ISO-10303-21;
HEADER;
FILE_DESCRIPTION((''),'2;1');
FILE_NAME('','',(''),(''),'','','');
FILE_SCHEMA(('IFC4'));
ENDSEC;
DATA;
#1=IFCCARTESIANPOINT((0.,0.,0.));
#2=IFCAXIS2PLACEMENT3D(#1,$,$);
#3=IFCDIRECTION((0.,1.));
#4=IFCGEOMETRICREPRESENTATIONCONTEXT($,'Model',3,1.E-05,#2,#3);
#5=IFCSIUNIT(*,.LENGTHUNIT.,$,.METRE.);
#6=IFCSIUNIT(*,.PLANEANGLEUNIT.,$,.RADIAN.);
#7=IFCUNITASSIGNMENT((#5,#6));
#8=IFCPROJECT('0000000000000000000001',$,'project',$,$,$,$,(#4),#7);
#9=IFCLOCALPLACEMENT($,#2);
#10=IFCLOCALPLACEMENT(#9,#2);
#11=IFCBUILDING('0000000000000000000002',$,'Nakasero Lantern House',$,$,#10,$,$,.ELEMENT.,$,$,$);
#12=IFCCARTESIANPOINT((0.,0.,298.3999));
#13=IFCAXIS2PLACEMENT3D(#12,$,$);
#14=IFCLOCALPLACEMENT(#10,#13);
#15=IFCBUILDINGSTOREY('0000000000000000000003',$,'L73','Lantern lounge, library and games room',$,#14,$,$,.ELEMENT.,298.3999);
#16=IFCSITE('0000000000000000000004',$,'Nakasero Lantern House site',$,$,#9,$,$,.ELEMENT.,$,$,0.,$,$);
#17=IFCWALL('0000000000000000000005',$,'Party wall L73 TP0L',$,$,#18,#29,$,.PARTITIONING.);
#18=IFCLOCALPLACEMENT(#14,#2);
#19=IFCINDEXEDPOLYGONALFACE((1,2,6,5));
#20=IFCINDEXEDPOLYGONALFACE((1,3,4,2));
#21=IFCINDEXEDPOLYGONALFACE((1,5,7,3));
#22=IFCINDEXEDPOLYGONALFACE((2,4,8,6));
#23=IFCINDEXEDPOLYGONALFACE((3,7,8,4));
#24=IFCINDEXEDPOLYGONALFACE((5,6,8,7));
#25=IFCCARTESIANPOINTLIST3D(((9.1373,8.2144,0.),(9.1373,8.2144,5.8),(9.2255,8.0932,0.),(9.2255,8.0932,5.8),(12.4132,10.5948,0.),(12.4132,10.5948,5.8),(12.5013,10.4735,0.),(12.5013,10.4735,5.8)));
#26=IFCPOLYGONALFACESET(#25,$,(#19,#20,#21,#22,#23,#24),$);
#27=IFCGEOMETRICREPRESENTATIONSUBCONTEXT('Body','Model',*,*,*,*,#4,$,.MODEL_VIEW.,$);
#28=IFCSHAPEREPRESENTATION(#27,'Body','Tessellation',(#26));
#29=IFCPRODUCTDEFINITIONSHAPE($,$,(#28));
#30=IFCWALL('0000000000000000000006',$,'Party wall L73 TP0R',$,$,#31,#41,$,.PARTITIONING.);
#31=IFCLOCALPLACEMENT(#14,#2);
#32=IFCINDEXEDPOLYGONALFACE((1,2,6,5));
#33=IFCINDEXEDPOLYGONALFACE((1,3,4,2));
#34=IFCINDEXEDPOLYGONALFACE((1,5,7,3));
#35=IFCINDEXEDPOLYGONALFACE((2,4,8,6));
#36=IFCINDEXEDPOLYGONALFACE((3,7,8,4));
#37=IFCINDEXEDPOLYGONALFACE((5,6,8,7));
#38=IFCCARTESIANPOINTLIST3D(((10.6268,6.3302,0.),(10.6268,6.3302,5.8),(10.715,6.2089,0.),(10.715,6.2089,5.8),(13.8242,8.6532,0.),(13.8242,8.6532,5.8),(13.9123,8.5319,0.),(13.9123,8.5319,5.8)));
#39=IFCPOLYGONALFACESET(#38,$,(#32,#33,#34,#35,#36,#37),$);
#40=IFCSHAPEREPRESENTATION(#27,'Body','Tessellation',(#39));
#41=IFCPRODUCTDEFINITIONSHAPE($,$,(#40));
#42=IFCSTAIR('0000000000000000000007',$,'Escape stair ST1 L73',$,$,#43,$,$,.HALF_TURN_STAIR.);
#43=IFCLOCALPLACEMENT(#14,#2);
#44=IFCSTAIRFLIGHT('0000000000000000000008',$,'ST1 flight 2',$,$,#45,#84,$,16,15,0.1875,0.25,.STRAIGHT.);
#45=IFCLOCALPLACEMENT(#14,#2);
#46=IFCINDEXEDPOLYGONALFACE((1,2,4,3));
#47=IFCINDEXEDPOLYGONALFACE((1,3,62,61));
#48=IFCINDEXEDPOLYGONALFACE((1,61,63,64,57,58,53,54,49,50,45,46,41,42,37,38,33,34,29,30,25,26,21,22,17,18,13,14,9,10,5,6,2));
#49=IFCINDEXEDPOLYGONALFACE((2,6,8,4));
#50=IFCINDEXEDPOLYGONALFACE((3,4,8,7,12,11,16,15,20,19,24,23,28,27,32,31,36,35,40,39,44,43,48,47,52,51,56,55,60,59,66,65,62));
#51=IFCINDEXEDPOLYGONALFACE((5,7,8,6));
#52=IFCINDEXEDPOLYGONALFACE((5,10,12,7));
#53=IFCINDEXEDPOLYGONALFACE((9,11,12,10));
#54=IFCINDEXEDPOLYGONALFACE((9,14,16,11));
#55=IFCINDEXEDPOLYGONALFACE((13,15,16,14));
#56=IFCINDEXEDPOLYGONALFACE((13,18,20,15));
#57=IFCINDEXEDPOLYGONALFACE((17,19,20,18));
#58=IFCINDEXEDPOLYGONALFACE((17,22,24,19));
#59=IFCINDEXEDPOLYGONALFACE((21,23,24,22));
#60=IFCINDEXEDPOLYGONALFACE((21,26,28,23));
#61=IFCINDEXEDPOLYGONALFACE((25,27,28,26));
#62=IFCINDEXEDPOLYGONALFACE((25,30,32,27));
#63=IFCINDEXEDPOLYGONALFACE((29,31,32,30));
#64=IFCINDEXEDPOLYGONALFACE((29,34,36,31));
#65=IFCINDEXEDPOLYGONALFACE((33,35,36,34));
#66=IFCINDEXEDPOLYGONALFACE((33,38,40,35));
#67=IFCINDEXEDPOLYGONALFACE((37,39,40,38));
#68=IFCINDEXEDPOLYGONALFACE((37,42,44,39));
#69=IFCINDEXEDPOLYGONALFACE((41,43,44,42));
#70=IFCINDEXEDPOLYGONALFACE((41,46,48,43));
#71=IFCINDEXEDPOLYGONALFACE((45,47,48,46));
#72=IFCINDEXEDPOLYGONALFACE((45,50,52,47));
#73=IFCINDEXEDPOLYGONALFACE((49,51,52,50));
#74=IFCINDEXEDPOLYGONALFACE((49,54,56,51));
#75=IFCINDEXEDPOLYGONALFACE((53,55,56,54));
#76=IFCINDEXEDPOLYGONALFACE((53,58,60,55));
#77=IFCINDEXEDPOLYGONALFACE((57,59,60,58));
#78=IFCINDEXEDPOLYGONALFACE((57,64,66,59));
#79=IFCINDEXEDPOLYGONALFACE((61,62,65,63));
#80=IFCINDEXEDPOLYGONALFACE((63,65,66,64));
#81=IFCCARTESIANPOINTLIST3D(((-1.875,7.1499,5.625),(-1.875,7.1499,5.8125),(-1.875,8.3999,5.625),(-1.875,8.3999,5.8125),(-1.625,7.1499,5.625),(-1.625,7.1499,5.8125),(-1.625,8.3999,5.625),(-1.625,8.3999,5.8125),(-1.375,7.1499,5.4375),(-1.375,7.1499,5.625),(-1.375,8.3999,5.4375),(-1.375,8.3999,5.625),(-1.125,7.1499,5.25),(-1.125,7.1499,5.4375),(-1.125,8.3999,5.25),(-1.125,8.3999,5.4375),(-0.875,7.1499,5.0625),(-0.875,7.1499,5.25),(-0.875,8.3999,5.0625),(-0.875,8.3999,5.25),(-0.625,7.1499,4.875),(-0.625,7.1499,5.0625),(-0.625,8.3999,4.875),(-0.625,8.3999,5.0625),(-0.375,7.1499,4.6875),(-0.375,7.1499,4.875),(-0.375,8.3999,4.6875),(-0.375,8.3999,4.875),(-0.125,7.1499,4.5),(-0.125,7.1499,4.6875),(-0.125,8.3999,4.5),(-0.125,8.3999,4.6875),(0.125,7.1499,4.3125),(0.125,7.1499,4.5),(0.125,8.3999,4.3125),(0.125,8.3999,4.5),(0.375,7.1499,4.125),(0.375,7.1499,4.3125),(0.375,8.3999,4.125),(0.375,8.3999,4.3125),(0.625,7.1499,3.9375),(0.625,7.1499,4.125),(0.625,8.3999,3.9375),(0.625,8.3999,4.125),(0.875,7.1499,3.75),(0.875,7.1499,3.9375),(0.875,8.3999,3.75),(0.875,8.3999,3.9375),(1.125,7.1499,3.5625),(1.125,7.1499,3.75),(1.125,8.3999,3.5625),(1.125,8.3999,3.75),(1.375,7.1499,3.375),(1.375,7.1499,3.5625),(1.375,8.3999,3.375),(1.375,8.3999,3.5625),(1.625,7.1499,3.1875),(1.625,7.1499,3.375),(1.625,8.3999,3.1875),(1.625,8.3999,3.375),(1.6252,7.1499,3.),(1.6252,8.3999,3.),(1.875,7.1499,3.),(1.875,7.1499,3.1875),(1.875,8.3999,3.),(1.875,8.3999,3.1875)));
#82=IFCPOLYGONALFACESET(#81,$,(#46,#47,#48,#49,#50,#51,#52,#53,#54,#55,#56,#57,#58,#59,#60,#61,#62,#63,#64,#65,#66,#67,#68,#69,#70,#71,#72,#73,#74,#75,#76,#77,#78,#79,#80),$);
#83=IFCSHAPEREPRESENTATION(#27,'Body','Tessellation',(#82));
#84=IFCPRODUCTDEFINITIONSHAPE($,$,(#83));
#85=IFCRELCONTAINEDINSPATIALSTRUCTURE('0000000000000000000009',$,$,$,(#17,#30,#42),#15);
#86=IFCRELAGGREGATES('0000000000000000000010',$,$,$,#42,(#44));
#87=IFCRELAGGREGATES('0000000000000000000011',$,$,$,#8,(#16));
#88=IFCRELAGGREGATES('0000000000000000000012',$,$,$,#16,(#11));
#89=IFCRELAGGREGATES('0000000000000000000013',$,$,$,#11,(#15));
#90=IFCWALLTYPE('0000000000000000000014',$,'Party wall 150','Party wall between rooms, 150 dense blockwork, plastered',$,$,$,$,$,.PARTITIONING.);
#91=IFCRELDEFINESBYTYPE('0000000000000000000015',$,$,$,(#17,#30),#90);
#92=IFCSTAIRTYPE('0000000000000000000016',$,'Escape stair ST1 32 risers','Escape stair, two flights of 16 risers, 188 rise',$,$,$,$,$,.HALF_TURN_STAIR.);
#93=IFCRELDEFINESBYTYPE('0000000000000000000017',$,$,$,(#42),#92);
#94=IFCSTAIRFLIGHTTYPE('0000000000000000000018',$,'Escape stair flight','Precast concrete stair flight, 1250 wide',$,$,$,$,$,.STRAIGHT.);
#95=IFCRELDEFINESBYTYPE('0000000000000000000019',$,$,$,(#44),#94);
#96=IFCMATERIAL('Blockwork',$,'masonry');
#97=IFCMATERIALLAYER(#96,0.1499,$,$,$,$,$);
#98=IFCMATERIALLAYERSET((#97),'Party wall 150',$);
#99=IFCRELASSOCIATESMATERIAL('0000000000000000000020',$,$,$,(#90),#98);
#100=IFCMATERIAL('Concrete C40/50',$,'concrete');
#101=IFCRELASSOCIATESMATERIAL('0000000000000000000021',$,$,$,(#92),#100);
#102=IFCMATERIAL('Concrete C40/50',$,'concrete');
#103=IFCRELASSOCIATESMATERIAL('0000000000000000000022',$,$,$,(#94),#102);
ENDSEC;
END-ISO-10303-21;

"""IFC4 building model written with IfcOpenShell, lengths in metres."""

from ifc_helpers import new_model, si_unit, direction, frame, frame_2d, origin, place, context, subcontext, project, spatial, polyline, rectangle, outline, extrude, material, layer, layer_set, type_object, element, aggregate, save


model = new_model("IFC4")

# Units and contexts
model_context = context("Model", 3, precision=1e-05, world=origin(), true_north=direction((0.0, 1.0)))
body_context = subcontext(model_context, "Body", "Model", "MODEL_VIEW")
ifc_project = project(units=[si_unit("LENGTHUNIT", "METRE"), si_unit("PLANEANGLEUNIT", "RADIAN")], contexts=[model_context])

# Site, building, storey
site_placement = place(None, origin())
site = spatial("IfcSite", under=ifc_project, at=site_placement, Name="Nakasero Lantern House site", CompositionType="ELEMENT", RefElevation=0.0)
building_placement = place(site_placement, origin())
building = spatial("IfcBuilding", under=site, at=building_placement, Name="Nakasero Lantern House", CompositionType="ELEMENT")
storey_placement = place(building_placement, frame((0.0, 0.0, 298.3999)))
storey = spatial("IfcBuildingStorey", under=building, at=storey_placement, Name="L73", Description="Lantern lounge, library and games room", CompositionType="ELEMENT", Elevation=298.3999)

# Walls
ifc_material_1 = material(Name="Blockwork", Category="masonry")
ifc_layer_1 = layer(ifc_material_1, 0.1499)
ifc_layer_set_1 = layer_set([ifc_layer_1], Name="Party wall 150")
wall_type_1 = type_object("IfcWallType", Name="Party wall 150", Description="Party wall between rooms, 150 dense blockwork, plastered", PredefinedType="PARTITIONING", material=ifc_layer_set_1)
wall_1_placement = place(storey_placement, frame((9.1814, 8.1538, 0.0), z_axis=(0.0, 0.0, 1.0), x_axis=(0.808981, 0.587835, 0.0)))
element("IfcWall", 1, at=wall_1_placement, inside=storey, type_object=wall_type_1, Name="Party wall L73 TP0L", PredefinedType="PARTITIONING", context=body_context, shape_type="SweptSolid", body=[
    extrude(rectangle(XDim=4.0493, YDim=0.1499, at=frame_2d((2.0247, 0.0))), origin(), (0.0, 0.0, 1.0), 5.8),
])
wall_2_placement = place(storey_placement, frame((10.6709, 6.2695, 0.0), z_axis=(0.0, 0.0, 1.0), x_axis=(0.809011, 0.587793, 0.0)))
element("IfcWall", 2, at=wall_2_placement, inside=storey, type_object=wall_type_1, Name="Party wall L73 TP0R", PredefinedType="PARTITIONING", context=body_context, shape_type="SweptSolid", body=[
    extrude(rectangle(XDim=3.9521, YDim=0.1499, at=frame_2d((1.9761, 0.0))), origin(), (0.0, 0.0, 1.0), 5.8),
])

# Stair, stair flight
ifc_material_2 = material(Name="Concrete C40/50", Category="concrete")
stair_type_1 = type_object("IfcStairType", Name="Escape stair ST1 32 risers", Description="Escape stair, two flights of 16 risers, 188 rise", PredefinedType="HALF_TURN_STAIR", material=ifc_material_2)
stair_1_placement = place(storey_placement, origin())
stair_1 = element("IfcStair", 3, at=stair_1_placement, inside=storey, type_object=stair_type_1, Name="Escape stair ST1 L73", PredefinedType="HALF_TURN_STAIR")
ifc_material_3 = material(Name="Concrete C40/50", Category="concrete")
stair_flight_type = type_object("IfcStairFlightType", Name="Escape stair flight", Description="Precast concrete stair flight, 1250 wide", PredefinedType="STRAIGHT", material=ifc_material_3)
stair_flight_placement = place(storey_placement, frame((1.875, 7.7749, 3.0), z_axis=(0.0, 0.0, 1.0), x_axis=(-1.0, 0.0, 0.0)))
stair_flight = element("IfcStairFlight", 4, at=stair_flight_placement, type_object=stair_flight_type, Name="ST1 flight 2", NumberOfRisers=16, NumberOfTreads=15, PredefinedType="STRAIGHT", RiserHeight=0.1875, TreadLength=0.25, context=body_context, shape_type="SweptSolid", body=[
    extrude(outline(polyline([(0.0, 0.0), (0.0, 0.1875), (0.25, 0.1875), (0.25, 0.375), (0.5, 0.375), (0.5, 0.5625), (0.75, 0.5625), (0.75, 0.75), (1.0, 0.75), (1.0, 0.9375), (1.25, 0.9375), (1.25, 1.125), (1.5, 1.125), (1.5, 1.3125), (1.75, 1.3125), (1.75, 1.5), (2.0, 1.5), (2.0, 1.6875), (2.25, 1.6875), (2.25, 1.875), (2.5, 1.875), (2.5, 2.0625), (2.75, 2.0625), (2.75, 2.25), (3.0, 2.25), (3.0, 2.4375), (3.25, 2.4375), (3.25, 2.625), (3.5, 2.625), (3.5, 2.8125), (3.75, 2.8125), (3.75, 3.0), (3.75, 2.625), (0.2498, 0.0), (0.0, 0.0)])), frame((0.0, 0.625, 0.0), z_axis=(0.0, -1.0, 0.0), x_axis=(1.0, 0.0, 0.0)), (0.0, 0.0, 1.0), 1.25),
])
aggregate(stair_1, [stair_flight])

save(model, "model.ifc")
